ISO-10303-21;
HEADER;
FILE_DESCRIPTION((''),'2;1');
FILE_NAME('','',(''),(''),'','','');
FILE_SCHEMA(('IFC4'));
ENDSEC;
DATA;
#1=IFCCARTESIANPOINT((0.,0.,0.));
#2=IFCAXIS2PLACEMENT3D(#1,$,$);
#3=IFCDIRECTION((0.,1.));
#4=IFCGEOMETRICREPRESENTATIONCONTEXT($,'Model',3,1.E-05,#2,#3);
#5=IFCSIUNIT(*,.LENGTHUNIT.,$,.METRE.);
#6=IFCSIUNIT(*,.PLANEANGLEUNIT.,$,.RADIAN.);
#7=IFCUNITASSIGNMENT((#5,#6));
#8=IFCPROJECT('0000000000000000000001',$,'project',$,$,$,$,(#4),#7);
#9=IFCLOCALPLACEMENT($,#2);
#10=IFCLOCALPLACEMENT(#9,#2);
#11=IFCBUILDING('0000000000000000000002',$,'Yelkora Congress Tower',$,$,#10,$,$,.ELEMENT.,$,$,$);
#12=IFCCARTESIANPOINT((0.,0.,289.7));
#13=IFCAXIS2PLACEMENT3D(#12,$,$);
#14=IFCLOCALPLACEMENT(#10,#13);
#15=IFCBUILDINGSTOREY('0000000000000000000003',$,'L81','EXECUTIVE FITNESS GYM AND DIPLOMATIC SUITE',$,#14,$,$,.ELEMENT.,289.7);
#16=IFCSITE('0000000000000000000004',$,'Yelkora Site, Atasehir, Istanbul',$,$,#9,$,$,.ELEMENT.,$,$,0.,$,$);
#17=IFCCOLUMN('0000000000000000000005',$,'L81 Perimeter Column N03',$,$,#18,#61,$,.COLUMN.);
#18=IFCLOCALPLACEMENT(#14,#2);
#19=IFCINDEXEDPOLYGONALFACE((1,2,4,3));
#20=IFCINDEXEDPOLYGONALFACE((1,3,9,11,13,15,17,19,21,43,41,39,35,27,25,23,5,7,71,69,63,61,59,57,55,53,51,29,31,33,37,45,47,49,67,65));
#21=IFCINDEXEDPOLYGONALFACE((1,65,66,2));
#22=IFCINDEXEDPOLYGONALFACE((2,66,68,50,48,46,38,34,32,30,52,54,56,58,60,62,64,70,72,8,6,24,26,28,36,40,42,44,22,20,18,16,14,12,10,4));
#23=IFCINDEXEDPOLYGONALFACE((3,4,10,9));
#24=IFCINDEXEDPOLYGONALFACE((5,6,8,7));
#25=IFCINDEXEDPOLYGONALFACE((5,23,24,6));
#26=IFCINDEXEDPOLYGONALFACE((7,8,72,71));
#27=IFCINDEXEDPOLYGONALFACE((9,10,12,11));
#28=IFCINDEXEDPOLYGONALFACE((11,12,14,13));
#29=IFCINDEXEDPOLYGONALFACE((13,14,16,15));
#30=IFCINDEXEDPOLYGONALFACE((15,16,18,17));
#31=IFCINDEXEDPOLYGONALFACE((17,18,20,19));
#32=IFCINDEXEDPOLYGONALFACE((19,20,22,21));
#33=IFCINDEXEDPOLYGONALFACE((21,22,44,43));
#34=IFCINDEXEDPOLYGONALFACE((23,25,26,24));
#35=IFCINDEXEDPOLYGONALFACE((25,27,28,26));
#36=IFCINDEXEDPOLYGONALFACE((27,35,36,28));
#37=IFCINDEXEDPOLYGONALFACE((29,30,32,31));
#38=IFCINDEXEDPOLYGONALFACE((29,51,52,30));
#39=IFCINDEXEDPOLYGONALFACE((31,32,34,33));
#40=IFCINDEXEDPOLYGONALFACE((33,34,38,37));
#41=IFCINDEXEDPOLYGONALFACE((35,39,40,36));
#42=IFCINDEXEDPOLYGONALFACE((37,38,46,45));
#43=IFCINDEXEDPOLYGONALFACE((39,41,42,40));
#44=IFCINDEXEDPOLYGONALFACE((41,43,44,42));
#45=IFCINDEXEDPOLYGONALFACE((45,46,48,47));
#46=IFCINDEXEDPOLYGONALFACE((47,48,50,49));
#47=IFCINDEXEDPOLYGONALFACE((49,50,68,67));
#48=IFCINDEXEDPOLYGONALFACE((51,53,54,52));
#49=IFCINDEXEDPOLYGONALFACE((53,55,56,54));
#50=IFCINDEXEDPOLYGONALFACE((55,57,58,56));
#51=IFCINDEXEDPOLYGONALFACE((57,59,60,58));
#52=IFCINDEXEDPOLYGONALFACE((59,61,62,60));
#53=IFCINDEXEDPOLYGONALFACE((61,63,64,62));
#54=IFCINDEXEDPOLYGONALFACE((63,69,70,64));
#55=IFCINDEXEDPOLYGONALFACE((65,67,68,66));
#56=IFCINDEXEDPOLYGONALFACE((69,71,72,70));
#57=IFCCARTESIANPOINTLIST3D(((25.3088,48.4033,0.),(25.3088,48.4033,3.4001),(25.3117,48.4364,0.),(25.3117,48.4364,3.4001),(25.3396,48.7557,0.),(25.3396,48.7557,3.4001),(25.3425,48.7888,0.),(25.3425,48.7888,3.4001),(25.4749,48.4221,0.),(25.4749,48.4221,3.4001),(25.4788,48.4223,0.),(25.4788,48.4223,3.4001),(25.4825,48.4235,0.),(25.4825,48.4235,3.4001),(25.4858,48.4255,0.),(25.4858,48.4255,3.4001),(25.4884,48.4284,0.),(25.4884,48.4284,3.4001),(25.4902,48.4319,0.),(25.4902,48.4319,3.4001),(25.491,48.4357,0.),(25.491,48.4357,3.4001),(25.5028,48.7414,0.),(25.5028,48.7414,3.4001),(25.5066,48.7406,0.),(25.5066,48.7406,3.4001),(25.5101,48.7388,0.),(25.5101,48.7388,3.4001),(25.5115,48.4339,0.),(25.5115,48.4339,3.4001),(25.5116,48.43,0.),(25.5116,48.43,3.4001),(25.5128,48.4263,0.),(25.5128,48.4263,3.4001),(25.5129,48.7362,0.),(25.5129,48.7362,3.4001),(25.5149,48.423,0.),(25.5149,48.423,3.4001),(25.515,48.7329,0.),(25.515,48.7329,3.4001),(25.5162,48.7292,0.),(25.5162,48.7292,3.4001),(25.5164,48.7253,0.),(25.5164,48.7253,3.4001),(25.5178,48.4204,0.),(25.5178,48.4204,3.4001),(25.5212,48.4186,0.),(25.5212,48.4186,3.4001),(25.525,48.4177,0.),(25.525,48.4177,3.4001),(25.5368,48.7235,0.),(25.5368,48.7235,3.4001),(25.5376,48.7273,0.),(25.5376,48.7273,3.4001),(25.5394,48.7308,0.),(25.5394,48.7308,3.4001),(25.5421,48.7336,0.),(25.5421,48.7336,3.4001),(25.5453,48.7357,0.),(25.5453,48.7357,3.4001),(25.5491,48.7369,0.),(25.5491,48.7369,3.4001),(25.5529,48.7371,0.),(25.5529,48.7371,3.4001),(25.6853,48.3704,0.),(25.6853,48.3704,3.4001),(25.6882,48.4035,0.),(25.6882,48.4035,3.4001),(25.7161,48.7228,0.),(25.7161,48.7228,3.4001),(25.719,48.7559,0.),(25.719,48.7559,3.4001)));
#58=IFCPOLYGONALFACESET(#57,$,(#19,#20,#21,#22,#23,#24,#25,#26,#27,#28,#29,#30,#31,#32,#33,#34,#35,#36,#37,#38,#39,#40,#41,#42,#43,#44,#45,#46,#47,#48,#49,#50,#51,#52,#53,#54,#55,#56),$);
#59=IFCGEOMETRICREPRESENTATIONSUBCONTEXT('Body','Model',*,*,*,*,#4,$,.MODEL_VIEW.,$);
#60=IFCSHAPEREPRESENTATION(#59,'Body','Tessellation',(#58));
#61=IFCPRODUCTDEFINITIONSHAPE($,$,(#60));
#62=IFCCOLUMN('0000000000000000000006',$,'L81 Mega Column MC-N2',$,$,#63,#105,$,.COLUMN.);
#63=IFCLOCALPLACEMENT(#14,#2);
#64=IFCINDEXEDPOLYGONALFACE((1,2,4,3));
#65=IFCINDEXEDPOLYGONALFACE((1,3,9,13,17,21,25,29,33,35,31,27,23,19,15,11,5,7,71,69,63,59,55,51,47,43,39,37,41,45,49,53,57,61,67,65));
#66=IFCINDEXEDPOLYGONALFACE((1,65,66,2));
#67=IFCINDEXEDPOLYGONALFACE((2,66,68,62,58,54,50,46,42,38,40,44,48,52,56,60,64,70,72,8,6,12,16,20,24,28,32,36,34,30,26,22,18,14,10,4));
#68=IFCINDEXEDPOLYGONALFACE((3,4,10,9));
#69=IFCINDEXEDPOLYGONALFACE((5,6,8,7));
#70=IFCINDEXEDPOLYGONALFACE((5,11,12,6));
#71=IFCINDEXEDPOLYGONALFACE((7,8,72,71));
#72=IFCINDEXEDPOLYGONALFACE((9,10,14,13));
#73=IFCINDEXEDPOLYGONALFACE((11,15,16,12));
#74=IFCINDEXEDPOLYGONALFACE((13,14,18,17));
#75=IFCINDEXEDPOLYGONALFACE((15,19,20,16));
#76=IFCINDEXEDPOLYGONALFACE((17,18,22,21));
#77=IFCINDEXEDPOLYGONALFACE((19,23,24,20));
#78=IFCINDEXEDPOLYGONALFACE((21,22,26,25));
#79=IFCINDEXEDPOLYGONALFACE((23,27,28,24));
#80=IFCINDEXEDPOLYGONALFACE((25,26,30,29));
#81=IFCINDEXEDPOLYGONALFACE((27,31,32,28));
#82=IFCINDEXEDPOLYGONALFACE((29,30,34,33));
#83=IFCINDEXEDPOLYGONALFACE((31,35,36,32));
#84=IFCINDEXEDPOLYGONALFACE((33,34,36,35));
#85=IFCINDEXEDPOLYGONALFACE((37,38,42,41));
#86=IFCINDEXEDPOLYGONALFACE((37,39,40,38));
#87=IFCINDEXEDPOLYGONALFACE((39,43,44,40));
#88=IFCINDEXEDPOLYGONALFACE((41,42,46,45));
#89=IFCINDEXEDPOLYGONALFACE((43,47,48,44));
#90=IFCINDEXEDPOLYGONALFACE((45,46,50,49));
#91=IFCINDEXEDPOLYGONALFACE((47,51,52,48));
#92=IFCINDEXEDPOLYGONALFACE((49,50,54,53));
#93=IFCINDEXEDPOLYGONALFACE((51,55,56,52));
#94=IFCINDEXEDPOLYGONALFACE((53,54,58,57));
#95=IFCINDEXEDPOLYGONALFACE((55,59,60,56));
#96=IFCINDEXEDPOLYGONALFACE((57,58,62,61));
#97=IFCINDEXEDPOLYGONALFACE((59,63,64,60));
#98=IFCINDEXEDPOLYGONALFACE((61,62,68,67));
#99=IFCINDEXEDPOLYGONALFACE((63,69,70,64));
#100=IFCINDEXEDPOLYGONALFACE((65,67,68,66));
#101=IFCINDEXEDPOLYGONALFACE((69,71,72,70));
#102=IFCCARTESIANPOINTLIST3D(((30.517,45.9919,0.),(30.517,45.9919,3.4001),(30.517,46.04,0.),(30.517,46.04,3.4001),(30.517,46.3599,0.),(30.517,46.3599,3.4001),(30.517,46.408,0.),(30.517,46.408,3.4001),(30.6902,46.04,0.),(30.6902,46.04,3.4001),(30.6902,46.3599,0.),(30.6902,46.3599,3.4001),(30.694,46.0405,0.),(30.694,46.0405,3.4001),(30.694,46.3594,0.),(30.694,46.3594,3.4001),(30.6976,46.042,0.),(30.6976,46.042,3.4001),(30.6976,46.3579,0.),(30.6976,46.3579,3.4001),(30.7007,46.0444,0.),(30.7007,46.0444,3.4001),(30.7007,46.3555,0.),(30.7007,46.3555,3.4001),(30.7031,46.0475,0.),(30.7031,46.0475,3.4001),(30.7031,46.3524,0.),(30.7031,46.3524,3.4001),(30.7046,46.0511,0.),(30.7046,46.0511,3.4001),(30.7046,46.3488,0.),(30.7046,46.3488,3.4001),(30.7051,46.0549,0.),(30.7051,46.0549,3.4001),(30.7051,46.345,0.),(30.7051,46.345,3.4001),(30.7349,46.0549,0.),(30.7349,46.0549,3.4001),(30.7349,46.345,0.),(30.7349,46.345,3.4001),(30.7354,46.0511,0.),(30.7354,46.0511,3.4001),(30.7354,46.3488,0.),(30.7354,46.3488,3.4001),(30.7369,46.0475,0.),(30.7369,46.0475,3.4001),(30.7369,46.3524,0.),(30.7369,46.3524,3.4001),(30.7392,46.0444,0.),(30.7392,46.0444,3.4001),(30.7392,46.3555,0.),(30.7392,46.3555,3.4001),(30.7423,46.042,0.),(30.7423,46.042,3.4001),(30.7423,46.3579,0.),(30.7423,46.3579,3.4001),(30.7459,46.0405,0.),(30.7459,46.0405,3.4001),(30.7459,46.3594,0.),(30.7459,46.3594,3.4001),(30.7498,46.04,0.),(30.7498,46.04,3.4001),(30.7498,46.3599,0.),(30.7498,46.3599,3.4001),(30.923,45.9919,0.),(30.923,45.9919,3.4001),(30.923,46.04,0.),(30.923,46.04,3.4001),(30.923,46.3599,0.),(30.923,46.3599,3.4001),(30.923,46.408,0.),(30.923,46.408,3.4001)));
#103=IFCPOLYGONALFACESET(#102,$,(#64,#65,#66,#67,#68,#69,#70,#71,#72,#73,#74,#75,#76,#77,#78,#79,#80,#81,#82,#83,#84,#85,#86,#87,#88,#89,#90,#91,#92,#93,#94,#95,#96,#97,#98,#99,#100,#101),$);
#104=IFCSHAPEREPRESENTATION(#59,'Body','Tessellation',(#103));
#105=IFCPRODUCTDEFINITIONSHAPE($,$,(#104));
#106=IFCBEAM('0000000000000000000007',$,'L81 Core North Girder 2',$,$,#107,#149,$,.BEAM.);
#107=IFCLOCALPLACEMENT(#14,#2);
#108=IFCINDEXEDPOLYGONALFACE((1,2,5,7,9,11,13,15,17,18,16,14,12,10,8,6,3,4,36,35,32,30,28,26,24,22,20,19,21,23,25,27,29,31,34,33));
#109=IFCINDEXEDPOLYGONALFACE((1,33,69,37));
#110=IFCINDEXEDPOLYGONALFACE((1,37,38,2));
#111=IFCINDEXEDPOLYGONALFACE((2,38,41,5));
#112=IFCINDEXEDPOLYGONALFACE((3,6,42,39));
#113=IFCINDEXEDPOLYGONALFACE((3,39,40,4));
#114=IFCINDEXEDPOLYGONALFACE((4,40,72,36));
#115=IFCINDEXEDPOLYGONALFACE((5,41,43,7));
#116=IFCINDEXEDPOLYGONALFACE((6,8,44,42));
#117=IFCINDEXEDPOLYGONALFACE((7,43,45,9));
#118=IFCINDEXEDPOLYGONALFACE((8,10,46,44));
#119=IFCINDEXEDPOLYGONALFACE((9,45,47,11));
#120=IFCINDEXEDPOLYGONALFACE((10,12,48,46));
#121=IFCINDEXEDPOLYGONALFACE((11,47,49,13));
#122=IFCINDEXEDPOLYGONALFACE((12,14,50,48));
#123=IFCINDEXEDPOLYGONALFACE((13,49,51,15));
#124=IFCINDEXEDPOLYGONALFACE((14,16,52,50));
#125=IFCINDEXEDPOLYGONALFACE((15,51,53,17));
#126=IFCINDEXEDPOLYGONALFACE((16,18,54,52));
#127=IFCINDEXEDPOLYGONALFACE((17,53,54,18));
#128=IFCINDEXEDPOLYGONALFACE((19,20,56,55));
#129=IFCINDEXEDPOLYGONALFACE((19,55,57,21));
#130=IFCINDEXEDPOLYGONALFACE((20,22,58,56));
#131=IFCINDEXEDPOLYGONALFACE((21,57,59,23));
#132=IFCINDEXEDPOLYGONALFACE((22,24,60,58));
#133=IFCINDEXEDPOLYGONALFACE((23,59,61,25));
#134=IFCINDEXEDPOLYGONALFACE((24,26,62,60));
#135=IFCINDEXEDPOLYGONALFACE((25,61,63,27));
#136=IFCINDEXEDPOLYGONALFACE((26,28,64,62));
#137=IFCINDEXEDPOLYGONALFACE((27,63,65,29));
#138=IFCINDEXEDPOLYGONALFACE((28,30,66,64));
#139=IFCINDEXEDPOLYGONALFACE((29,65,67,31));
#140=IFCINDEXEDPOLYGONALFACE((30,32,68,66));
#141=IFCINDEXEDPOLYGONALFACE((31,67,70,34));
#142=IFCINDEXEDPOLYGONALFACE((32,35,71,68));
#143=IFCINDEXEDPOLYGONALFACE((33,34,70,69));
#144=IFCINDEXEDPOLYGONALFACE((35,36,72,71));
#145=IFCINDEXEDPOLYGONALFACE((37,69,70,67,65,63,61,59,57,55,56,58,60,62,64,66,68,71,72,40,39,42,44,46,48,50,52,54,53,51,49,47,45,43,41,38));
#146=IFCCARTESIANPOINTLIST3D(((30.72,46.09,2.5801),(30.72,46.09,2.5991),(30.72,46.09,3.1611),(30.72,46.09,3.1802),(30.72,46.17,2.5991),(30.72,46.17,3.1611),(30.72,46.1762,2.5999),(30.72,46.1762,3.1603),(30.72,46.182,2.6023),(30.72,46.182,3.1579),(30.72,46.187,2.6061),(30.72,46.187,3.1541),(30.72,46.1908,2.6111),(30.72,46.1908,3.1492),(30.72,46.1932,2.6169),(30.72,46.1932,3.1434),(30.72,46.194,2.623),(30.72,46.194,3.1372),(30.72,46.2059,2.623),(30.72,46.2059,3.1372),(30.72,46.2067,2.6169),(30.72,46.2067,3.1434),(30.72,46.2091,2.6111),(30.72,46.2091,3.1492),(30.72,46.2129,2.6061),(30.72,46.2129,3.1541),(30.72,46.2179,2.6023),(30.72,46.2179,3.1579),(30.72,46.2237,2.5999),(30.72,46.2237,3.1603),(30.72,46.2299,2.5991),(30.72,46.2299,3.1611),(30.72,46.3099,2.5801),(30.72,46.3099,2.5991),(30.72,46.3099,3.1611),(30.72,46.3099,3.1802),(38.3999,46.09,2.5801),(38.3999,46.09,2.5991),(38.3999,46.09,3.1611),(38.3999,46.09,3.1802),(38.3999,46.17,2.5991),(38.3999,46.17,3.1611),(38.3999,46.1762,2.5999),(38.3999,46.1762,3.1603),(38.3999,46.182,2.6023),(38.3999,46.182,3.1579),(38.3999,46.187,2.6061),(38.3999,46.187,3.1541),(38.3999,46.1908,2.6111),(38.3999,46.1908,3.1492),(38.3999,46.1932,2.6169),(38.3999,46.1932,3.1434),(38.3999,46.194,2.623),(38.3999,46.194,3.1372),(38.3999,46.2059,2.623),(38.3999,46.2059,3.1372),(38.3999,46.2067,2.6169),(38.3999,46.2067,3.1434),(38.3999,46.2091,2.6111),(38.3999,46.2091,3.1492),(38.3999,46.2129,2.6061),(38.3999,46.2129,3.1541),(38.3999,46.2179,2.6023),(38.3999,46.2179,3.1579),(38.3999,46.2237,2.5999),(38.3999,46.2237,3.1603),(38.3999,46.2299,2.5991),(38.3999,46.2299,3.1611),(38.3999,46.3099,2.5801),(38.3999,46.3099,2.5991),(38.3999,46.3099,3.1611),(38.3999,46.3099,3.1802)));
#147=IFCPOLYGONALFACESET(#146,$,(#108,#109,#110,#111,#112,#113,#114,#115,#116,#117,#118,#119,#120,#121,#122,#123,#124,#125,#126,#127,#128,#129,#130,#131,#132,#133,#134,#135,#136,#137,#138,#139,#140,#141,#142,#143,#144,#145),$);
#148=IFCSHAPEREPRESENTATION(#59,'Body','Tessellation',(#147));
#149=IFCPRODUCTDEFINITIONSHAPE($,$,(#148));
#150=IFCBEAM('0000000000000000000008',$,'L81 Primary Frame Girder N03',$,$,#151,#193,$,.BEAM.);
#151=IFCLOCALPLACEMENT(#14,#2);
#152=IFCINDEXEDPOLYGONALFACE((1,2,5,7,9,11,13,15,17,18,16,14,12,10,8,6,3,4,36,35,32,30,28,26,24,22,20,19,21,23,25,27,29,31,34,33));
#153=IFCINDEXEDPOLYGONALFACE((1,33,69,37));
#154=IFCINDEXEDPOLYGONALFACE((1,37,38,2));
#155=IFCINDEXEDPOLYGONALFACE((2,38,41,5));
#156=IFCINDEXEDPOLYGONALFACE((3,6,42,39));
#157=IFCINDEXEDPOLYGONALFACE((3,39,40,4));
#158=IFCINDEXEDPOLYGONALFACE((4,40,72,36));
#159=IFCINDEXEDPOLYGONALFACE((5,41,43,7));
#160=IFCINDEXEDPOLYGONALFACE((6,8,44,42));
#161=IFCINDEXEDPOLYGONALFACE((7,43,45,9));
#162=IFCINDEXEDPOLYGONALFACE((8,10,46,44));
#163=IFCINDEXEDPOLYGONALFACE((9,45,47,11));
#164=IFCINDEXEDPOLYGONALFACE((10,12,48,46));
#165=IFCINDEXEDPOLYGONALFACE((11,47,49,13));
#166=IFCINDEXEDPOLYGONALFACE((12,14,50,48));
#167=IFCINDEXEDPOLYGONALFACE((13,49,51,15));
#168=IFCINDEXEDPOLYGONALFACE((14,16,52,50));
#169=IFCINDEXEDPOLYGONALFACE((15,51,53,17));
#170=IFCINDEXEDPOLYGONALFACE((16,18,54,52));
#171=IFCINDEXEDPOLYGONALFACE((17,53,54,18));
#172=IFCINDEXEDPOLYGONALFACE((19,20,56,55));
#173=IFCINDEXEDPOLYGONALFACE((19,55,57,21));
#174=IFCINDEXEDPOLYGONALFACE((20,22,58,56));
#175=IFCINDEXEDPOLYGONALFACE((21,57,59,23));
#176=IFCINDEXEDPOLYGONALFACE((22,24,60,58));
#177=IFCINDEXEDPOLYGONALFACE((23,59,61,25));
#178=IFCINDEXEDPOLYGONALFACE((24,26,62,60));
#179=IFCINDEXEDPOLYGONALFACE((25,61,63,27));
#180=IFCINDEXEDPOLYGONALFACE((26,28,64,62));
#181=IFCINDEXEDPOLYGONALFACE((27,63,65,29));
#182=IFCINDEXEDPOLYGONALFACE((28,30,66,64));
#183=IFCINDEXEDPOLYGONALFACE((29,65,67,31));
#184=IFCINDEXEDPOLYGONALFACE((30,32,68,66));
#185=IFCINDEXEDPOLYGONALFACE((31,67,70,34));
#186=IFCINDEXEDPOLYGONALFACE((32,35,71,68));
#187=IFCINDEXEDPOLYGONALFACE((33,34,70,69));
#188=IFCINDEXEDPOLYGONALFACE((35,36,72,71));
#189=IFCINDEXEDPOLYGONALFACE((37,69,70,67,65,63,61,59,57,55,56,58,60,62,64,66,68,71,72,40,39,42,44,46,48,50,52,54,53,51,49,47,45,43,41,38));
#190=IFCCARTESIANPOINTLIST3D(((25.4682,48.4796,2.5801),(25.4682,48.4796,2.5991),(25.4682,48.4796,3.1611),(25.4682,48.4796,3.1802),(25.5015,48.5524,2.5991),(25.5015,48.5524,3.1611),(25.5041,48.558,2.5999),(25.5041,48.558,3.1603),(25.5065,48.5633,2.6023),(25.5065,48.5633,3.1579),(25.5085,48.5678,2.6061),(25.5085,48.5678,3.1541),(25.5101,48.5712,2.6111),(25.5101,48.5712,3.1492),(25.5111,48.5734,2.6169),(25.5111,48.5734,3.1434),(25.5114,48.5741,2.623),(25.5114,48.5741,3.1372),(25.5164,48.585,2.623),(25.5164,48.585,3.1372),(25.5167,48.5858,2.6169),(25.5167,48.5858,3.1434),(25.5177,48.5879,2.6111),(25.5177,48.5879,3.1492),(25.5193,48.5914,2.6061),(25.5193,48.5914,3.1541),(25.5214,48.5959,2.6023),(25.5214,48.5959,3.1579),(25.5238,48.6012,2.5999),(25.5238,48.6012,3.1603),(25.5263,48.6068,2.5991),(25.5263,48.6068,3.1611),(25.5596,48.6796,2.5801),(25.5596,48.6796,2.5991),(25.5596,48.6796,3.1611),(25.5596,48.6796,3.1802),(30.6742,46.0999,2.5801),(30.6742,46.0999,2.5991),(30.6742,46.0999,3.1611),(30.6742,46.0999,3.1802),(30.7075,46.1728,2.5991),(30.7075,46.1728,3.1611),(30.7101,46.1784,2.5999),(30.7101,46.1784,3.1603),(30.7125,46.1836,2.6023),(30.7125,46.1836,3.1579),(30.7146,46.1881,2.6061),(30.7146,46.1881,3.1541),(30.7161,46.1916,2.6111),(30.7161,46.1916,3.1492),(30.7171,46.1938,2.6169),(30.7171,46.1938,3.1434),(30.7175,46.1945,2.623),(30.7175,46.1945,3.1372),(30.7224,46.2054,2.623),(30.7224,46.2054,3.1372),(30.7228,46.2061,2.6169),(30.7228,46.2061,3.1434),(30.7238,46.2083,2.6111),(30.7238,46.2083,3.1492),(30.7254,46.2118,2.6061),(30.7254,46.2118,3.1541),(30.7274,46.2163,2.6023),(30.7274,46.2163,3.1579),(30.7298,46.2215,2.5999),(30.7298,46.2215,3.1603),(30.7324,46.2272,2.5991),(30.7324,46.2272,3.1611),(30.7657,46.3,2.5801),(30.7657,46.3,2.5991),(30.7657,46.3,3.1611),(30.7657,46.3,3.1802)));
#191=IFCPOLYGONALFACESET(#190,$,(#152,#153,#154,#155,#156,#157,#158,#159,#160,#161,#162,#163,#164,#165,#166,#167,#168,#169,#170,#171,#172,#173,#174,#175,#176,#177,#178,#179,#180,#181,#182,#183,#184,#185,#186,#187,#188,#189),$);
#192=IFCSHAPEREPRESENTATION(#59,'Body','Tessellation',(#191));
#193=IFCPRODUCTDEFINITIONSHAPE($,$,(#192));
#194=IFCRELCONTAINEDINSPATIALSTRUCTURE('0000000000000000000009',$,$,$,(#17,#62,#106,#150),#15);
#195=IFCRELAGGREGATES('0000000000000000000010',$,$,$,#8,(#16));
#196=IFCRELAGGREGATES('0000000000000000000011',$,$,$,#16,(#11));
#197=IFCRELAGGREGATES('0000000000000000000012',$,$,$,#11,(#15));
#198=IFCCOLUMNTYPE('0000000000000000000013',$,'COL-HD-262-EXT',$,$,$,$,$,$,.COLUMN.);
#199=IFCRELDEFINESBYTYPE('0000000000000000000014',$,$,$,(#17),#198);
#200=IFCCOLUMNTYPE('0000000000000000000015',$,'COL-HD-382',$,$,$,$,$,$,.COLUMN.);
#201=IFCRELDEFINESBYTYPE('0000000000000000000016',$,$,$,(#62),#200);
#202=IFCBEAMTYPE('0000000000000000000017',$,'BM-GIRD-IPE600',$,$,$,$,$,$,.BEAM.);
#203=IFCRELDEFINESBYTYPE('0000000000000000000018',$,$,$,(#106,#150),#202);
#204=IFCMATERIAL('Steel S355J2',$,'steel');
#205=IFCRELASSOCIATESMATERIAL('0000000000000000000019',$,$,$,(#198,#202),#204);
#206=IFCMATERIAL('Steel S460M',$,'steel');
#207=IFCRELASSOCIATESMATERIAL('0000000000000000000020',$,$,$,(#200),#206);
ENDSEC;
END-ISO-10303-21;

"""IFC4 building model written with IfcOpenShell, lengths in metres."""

from ifc_helpers import new_model, si_unit, direction, frame, origin, origin_2d, place, context, subcontext, project, spatial, i_section, extrude, material, material_profile, profile_set, type_object, element, save


model = new_model("IFC4")

# Units and contexts
model_context = context("Model", 3, precision=1e-05, world=origin(), true_north=direction((0.0, 1.0)))
body_context = subcontext(model_context, "Body", "Model", "MODEL_VIEW")
ifc_project = project(units=[si_unit("LENGTHUNIT", "METRE"), si_unit("PLANEANGLEUNIT", "RADIAN")], contexts=[model_context])

# Site, building, storey
site_placement = place(None, origin())
site = spatial("IfcSite", under=ifc_project, at=site_placement, Name="Yelkora Site, Atasehir, Istanbul", CompositionType="ELEMENT", RefElevation=0.0)
building_placement = place(site_placement, origin())
building = spatial("IfcBuilding", under=site, at=building_placement, Name="Yelkora Congress Tower", CompositionType="ELEMENT")
storey_placement = place(building_placement, frame((0.0, 0.0, 289.7)))
storey = spatial("IfcBuildingStorey", under=building, at=storey_placement, Name="L81", Description="EXECUTIVE FITNESS GYM AND DIPLOMATIC SUITE", CompositionType="ELEMENT", Elevation=289.7)

# Columns
ifc_material_1 = material(Name="Steel S355J2", Category="steel")
ifc_material_profile_1 = material_profile(ifc_material_1, i_section(OverallWidth=0.3779, OverallDepth=0.387, WebThickness=0.0205, FlangeThickness=0.0332, FilletRadius=0.0149, at=origin_2d()), Name="HD 360x262")
ifc_profile_set_1 = profile_set([ifc_material_profile_1], Name="Steel S355J2")
column_type_1 = type_object("IfcColumnType", Name="COL-HD-262-EXT", PredefinedType="COLUMN", material=ifc_profile_set_1)
column_1_placement = place(storey_placement, frame((25.5139, 48.5796, 0.0), z_axis=(0.0, 0.0, 1.0), x_axis=(0.996195, -0.087156, 0.0)))
element("IfcColumn", 1, at=column_1_placement, inside=storey, type_object=column_type_1, Name="L81 Perimeter Column N03", PredefinedType="COLUMN", context=body_context, shape_type="SweptSolid", body=[
    extrude(i_section(OverallWidth=0.3779, OverallDepth=0.387, WebThickness=0.0205, FlangeThickness=0.0332, FilletRadius=0.0149, at=origin_2d()), origin(), (0.0, 0.0, 1.0), 3.4001),
])
ifc_material_2 = material(Name="Steel S460M", Category="steel")
ifc_material_profile_2 = material_profile(ifc_material_2, i_section(OverallWidth=0.406, OverallDepth=0.416, WebThickness=0.0298, FlangeThickness=0.0481, FilletRadius=0.0149, at=origin_2d()), Name="HD 400x382")
ifc_profile_set_2 = profile_set([ifc_material_profile_2], Name="Steel S460M")
column_type_2 = type_object("IfcColumnType", Name="COL-HD-382", PredefinedType="COLUMN", material=ifc_profile_set_2)
column_2_placement = place(storey_placement, frame((30.72, 46.2, 0.0), z_axis=(0.0, 0.0, 1.0), x_axis=(1.0, 0.0, 0.0)))
element("IfcColumn", 2, at=column_2_placement, inside=storey, type_object=column_type_2, Name="L81 Mega Column MC-N2", PredefinedType="COLUMN", context=body_context, shape_type="SweptSolid", body=[
    extrude(i_section(OverallWidth=0.406, OverallDepth=0.416, WebThickness=0.0298, FlangeThickness=0.0481, FilletRadius=0.0149, at=origin_2d()), origin(), (0.0, 0.0, 1.0), 3.4001),
])

# Beams
ifc_material_profile_3 = material_profile(ifc_material_1, i_section(OverallWidth=0.22, OverallDepth=0.6001, WebThickness=0.012, FlangeThickness=0.019, FilletRadius=0.0239, at=origin_2d()), Name="IPE 600")
ifc_profile_set_3 = profile_set([ifc_material_profile_3], Name="Steel S355J2")
beam_type_1 = type_object("IfcBeamType", Name="BM-GIRD-IPE600", PredefinedType="BEAM", material=ifc_profile_set_3)
beam_1_placement = place(storey_placement, frame((30.72, 46.2, 2.8801), z_axis=(1.0, 0.0, 0.0), x_axis=(0.0, 1.0, 0.0)))
element("IfcBeam", 3, at=beam_1_placement, inside=storey, type_object=beam_type_1, Name="L81 Core North Girder 2", PredefinedType="BEAM", context=body_context, shape_type="SweptSolid", body=[
    extrude(i_section(OverallWidth=0.22, OverallDepth=0.6001, WebThickness=0.012, FlangeThickness=0.019, FilletRadius=0.0239, at=origin_2d()), origin(), (0.0, 0.0, 1.0), 7.6799),
])
beam_2_placement = place(storey_placement, frame((25.5139, 48.5796, 2.8801), z_axis=(0.909492, -0.41572, 0.0), x_axis=(0.41572, 0.909492, 0.0)))
element("IfcBeam", 4, at=beam_2_placement, inside=storey, type_object=beam_type_1, Name="L81 Primary Frame Girder N03", PredefinedType="BEAM", context=body_context, shape_type="SweptSolid", body=[
    extrude(i_section(OverallWidth=0.22, OverallDepth=0.6001, WebThickness=0.012, FlangeThickness=0.019, FilletRadius=0.0239, at=origin_2d()), origin(), (0.0, 0.0, 1.0), 5.7241),
])

save(model, "model.ifc")
